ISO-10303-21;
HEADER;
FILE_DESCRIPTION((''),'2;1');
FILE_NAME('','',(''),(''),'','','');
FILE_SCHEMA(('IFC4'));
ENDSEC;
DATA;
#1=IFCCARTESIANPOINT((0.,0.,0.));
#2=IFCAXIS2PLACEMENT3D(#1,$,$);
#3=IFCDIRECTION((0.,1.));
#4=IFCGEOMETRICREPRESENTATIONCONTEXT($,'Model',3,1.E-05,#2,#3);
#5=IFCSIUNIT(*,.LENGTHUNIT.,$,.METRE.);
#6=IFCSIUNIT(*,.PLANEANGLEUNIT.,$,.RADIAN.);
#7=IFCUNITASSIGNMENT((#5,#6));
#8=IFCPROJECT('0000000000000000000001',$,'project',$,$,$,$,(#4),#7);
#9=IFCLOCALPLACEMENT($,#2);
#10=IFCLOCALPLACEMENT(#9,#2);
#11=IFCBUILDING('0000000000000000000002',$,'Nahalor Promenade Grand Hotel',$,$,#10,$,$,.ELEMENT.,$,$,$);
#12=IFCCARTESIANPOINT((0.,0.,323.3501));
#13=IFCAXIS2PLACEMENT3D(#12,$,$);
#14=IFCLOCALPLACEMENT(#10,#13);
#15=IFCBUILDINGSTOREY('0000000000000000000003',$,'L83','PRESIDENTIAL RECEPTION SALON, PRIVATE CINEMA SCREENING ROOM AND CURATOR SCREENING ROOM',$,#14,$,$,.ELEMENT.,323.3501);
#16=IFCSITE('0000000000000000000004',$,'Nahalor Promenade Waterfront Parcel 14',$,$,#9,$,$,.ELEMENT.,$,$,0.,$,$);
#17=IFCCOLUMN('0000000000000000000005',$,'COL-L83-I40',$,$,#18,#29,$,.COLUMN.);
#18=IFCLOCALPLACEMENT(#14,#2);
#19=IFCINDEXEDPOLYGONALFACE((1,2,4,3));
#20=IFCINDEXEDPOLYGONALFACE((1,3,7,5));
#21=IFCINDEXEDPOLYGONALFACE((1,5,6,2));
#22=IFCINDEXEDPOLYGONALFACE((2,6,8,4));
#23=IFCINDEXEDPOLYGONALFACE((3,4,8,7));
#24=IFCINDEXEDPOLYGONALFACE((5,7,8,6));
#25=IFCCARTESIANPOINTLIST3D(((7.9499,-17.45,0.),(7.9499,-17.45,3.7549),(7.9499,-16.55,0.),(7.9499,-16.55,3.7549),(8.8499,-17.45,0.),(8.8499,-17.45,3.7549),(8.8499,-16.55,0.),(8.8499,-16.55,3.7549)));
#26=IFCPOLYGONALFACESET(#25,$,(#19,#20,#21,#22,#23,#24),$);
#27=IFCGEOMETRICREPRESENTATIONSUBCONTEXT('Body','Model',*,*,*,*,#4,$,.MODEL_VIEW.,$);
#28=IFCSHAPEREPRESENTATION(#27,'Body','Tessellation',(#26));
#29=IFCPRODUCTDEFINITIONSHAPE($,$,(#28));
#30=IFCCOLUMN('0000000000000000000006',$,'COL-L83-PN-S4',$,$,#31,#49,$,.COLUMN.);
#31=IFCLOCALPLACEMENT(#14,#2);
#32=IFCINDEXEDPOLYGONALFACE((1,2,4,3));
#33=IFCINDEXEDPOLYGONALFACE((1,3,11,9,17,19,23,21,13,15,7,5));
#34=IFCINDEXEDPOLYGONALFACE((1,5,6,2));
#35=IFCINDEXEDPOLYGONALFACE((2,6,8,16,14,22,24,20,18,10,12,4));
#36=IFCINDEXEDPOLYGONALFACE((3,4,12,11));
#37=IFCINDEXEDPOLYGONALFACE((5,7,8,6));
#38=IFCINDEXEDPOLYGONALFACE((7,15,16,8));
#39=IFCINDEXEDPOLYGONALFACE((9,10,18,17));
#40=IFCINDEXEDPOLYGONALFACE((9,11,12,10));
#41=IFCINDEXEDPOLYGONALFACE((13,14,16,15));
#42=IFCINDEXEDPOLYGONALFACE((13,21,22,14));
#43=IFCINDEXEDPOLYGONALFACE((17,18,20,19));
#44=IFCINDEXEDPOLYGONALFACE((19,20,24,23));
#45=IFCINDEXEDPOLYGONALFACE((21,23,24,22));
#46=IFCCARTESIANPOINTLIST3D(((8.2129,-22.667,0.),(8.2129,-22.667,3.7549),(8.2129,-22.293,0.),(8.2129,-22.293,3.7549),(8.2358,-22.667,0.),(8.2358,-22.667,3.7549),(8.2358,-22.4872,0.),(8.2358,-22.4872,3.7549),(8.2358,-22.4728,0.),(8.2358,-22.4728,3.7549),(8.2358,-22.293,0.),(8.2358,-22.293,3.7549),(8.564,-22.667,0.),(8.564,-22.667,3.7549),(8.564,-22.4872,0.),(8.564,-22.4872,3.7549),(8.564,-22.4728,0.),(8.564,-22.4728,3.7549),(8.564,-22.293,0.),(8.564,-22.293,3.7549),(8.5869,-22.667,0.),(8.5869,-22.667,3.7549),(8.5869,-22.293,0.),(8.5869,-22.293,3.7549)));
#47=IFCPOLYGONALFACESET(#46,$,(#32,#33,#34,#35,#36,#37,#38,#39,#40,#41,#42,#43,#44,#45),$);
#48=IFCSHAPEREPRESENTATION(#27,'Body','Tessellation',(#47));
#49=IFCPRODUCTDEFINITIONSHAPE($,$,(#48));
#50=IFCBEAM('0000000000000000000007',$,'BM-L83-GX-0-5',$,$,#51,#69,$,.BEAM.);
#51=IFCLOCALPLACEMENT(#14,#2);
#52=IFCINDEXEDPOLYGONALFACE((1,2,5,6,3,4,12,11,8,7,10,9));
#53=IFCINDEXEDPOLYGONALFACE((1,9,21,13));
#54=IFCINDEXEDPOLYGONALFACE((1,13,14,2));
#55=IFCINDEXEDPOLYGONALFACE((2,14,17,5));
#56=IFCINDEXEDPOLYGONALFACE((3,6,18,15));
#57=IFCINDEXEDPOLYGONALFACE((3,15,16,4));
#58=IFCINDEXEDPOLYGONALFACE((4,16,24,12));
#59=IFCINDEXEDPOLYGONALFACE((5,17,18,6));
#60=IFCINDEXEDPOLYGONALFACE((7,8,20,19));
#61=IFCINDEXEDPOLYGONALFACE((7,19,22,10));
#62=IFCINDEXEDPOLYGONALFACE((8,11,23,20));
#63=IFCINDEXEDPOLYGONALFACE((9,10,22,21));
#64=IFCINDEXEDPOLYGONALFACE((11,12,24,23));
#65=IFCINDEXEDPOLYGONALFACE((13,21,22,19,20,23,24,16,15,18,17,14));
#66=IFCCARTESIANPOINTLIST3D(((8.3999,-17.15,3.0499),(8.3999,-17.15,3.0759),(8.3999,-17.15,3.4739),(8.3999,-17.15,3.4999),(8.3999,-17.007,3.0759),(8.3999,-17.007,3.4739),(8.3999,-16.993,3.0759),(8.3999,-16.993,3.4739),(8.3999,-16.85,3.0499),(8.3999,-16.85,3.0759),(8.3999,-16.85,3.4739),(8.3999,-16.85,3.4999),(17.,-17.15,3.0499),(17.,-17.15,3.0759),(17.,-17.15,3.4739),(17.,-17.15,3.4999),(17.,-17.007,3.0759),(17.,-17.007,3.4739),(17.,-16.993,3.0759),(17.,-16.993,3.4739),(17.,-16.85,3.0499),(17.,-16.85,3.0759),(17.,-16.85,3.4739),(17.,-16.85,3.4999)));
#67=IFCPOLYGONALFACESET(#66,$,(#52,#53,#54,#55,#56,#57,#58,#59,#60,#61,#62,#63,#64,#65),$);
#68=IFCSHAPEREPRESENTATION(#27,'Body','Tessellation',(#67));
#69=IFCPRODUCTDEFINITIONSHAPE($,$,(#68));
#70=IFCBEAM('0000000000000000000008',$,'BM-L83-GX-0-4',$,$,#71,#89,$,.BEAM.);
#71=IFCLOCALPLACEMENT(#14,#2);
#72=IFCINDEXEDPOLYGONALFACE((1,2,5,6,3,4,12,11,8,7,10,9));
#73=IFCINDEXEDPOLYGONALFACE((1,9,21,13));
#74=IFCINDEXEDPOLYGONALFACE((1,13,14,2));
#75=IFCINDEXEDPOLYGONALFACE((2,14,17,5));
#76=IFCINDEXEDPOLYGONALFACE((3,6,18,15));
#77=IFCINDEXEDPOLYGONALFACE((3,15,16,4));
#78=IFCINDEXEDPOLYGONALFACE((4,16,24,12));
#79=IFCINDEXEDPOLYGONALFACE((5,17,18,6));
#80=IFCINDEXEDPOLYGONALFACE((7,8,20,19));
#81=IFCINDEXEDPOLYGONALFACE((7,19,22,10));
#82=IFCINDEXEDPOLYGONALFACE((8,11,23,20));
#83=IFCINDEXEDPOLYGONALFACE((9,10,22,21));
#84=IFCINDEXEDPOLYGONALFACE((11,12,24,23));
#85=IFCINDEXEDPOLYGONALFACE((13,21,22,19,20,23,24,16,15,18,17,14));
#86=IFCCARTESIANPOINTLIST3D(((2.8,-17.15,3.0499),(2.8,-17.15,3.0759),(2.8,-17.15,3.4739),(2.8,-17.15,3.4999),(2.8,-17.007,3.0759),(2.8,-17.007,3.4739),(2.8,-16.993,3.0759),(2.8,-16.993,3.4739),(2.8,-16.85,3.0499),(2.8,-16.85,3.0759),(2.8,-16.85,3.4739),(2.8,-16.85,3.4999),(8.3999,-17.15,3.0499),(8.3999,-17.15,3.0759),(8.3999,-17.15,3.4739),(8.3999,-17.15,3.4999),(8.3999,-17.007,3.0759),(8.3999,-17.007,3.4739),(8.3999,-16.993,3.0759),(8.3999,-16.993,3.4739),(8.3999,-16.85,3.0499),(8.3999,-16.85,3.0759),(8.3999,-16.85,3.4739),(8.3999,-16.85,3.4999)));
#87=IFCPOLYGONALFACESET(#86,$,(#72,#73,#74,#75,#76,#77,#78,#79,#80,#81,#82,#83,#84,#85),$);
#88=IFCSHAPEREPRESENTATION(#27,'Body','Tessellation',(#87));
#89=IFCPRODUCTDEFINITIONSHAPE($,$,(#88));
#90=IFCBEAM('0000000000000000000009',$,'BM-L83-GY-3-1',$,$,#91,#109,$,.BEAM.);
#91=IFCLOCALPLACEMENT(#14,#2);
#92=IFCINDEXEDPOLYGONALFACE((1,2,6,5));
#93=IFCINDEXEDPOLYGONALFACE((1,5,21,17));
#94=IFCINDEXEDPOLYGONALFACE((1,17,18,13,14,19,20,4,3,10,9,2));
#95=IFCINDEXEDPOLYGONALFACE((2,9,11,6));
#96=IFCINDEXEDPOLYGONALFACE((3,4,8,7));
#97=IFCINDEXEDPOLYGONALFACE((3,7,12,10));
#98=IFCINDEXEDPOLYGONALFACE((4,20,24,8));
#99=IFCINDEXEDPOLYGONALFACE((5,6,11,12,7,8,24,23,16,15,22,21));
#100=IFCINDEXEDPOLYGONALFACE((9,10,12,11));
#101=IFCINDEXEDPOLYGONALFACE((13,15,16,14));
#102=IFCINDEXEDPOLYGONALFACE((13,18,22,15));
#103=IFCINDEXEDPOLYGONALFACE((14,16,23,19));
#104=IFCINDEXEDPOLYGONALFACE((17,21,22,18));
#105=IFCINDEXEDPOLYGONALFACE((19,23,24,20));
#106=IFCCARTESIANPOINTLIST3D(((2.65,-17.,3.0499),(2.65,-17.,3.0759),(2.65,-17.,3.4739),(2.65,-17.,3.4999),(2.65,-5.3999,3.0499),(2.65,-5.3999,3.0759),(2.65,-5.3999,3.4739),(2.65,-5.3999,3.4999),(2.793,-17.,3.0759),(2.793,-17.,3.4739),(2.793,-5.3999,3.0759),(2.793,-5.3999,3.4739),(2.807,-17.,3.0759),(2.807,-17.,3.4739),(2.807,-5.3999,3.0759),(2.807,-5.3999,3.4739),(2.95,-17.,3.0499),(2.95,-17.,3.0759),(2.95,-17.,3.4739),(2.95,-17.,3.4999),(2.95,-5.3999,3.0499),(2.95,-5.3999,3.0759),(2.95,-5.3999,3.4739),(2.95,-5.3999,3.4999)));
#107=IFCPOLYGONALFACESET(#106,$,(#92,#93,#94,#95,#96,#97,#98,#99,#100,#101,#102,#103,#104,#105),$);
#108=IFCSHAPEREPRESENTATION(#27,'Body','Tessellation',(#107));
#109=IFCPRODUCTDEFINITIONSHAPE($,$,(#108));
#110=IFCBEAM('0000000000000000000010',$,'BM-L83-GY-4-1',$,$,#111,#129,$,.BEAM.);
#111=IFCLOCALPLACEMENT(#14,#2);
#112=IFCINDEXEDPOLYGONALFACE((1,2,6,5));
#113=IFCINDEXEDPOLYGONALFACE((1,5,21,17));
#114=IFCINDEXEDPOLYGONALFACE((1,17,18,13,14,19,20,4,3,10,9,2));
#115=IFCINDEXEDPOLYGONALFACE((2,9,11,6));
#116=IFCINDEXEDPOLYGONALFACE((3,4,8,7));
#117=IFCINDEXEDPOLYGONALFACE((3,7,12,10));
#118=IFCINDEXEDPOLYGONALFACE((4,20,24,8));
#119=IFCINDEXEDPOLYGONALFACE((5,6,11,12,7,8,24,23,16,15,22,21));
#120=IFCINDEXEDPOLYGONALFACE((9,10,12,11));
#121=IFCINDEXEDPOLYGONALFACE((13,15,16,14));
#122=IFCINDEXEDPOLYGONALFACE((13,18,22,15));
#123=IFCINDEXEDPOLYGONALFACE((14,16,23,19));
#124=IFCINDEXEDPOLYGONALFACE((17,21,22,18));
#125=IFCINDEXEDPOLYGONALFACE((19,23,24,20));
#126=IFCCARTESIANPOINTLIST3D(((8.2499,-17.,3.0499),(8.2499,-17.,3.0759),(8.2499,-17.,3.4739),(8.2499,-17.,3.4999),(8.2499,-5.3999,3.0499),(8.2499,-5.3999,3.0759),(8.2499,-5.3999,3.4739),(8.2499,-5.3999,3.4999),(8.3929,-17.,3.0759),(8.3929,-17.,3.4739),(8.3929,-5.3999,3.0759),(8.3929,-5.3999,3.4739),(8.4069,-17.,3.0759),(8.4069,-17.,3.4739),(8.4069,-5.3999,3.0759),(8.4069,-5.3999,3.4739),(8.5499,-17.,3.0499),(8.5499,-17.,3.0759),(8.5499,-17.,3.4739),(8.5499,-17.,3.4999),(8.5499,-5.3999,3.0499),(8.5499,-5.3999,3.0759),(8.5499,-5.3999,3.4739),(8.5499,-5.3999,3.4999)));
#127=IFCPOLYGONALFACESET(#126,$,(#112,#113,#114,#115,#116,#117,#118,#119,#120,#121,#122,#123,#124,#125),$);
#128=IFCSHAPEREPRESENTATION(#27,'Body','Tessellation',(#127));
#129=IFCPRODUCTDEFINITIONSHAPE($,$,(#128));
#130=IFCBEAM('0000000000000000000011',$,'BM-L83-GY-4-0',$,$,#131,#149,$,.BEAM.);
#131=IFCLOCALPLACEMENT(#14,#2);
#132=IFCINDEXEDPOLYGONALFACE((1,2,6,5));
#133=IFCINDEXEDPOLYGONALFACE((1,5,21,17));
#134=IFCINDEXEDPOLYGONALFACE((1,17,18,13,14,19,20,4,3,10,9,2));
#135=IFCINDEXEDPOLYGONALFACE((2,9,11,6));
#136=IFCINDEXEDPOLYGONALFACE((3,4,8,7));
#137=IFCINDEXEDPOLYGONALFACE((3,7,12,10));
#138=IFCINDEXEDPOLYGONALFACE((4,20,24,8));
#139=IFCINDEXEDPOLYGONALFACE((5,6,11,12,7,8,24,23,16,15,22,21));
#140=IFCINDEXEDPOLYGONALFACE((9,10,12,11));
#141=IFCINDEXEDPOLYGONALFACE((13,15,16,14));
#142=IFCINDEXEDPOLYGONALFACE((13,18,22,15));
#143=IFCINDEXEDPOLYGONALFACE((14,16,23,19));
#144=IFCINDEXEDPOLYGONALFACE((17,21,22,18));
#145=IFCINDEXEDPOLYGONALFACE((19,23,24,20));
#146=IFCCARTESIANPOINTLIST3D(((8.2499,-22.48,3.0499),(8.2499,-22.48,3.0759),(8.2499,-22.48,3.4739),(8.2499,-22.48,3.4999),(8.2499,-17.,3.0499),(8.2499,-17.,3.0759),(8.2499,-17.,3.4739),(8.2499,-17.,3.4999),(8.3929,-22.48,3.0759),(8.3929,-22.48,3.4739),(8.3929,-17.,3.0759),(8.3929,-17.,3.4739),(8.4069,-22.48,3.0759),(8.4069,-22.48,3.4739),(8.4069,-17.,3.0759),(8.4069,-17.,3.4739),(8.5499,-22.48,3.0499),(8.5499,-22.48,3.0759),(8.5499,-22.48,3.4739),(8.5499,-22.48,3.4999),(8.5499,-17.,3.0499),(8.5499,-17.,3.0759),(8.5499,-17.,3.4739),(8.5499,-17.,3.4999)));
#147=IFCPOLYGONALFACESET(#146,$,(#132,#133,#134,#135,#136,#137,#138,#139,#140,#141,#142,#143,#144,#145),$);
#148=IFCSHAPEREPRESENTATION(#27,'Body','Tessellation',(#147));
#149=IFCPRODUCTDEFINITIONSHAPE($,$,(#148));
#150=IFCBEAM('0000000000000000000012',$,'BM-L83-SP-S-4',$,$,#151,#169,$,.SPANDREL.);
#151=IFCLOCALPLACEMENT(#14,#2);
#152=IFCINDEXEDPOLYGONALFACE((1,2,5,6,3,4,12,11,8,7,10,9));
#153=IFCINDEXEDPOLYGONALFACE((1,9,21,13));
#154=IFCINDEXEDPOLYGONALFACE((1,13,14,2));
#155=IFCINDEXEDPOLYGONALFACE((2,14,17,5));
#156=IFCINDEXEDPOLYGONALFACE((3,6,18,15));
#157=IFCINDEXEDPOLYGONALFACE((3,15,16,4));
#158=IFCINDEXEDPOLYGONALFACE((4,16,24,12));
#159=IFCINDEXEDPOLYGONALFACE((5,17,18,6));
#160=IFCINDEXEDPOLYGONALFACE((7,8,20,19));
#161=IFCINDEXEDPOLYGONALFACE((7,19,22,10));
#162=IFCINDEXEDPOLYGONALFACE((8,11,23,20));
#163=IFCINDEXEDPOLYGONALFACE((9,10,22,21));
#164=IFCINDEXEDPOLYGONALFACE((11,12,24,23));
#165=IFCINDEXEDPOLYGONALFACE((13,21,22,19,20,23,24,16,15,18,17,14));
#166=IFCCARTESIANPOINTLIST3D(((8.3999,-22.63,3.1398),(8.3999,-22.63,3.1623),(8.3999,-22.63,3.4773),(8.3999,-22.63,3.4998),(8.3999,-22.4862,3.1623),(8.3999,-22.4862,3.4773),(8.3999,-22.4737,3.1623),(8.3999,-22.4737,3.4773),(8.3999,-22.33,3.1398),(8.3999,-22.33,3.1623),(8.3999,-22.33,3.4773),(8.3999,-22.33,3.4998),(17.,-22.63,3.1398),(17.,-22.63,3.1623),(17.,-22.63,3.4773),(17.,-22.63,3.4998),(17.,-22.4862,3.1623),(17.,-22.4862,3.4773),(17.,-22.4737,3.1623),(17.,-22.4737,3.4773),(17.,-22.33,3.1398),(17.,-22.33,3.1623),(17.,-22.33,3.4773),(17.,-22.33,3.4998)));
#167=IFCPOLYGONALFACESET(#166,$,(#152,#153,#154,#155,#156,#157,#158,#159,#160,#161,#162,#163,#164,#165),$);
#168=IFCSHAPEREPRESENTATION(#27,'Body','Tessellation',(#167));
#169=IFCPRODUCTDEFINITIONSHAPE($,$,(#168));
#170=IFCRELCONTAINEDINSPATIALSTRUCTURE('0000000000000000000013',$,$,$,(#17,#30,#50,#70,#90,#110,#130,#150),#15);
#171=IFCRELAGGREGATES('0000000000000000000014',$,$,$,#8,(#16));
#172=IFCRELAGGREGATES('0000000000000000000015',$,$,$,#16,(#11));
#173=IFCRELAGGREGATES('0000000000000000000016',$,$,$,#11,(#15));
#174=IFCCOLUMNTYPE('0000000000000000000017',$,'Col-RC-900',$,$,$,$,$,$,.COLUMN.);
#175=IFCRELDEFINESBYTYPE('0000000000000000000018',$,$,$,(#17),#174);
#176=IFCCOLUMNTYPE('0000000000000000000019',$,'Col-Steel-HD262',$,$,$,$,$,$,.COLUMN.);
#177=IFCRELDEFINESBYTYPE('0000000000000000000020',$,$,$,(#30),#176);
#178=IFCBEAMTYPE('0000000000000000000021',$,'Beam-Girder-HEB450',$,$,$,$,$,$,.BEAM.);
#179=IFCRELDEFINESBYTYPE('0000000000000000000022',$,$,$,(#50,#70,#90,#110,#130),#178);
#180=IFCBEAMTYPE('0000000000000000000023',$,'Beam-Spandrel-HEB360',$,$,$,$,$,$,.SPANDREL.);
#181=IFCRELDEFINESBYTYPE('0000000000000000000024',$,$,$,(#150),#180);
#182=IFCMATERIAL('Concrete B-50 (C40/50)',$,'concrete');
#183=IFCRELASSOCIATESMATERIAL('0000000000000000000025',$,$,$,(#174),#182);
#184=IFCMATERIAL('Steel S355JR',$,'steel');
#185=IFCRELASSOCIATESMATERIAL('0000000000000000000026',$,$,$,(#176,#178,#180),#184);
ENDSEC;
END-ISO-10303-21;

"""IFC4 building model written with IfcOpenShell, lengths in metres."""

from ifc_helpers import new_model, si_unit, direction, frame, origin, origin_2d, place, context, subcontext, project, spatial, rectangle, i_section, extrude, source, transform, mapped, material, material_profile, profile_set, type_object, element, save


model = new_model("IFC4")

# Units and contexts
model_context = context("Model", 3, precision=1e-05, world=origin(), true_north=direction((0.0, 1.0)))
body_context = subcontext(model_context, "Body", "Model", "MODEL_VIEW")
ifc_project = project(units=[si_unit("LENGTHUNIT", "METRE"), si_unit("PLANEANGLEUNIT", "RADIAN")], contexts=[model_context])

# Site, building, storey
site_placement = place(None, origin())
site = spatial("IfcSite", under=ifc_project, at=site_placement, Name="Nahalor Promenade Waterfront Parcel 14", CompositionType="ELEMENT", RefElevation=0.0)
building_placement = place(site_placement, origin())
building = spatial("IfcBuilding", under=site, at=building_placement, Name="Nahalor Promenade Grand Hotel", CompositionType="ELEMENT")
storey_placement = place(building_placement, frame((0.0, 0.0, 323.3501)))
storey = spatial("IfcBuildingStorey", under=building, at=storey_placement, Name="L83", Description="PRESIDENTIAL RECEPTION SALON, PRIVATE CINEMA SCREENING ROOM AND CURATOR SCREENING ROOM", CompositionType="ELEMENT", Elevation=323.3501)

# Columns
ifc_material_1 = material(Name="Concrete B-50 (C40/50)", Category="concrete")
ifc_material_profile_1 = material_profile(ifc_material_1, rectangle(XDim=0.9, YDim=0.9, at=origin_2d()), Name="RC 900x900")
ifc_profile_set_1 = profile_set([ifc_material_profile_1], Name="Concrete B-50 (C40/50)")
column_type_1 = type_object("IfcColumnType", Name="Col-RC-900", PredefinedType="COLUMN", material=ifc_profile_set_1)
shared_shape_1 = source(origin(), body_context, "Body", "SweptSolid", [
    extrude(rectangle(XDim=0.9, YDim=0.9, at=origin_2d()), origin(), (0.0, 0.0, 1.0), 3.7549),
])
column_1_placement = place(storey_placement, frame((8.3999, -17.0, 0.0), z_axis=(0.0, 0.0, 1.0), x_axis=(1.0, 0.0, 0.0)))
element("IfcColumn", 1, at=column_1_placement, inside=storey, type_object=column_type_1, Name="COL-L83-I40", PredefinedType="COLUMN", context=body_context, shape_type="MappedRepresentation", body=[
    mapped(shared_shape_1, transform((0.0, 0.0, 0.0), scale=1.0)),
])
ifc_material_2 = material(Name="Steel S355JR", Category="steel")
ifc_material_profile_2 = material_profile(ifc_material_2, i_section(OverallWidth=0.374, OverallDepth=0.374, WebThickness=0.0144, FlangeThickness=0.0229, at=origin_2d()), Name="HD 360x262")
ifc_profile_set_2 = profile_set([ifc_material_profile_2], Name="Steel S355JR")
column_type_2 = type_object("IfcColumnType", Name="Col-Steel-HD262", PredefinedType="COLUMN", material=ifc_profile_set_2)
shared_shape_2 = source(origin(), body_context, "Body", "SweptSolid", [
    extrude(i_section(OverallWidth=0.374, OverallDepth=0.374, WebThickness=0.0144, FlangeThickness=0.0229, at=origin_2d()), origin(), (0.0, 0.0, 1.0), 3.7549),
])
column_2_placement = place(storey_placement, frame((8.3999, -22.48, 0.0), z_axis=(0.0, 0.0, 1.0), x_axis=(0.0, 1.0, 0.0)))
element("IfcColumn", 2, at=column_2_placement, inside=storey, type_object=column_type_2, Name="COL-L83-PN-S4", PredefinedType="COLUMN", context=body_context, shape_type="MappedRepresentation", body=[
    mapped(shared_shape_2, transform((0.0, 0.0, 0.0), scale=1.0)),
])

# Beams
ifc_material_profile_3 = material_profile(ifc_material_2, i_section(OverallWidth=0.3, OverallDepth=0.45, WebThickness=0.014, FlangeThickness=0.026, at=origin_2d()), Name="HEB 450")
ifc_profile_set_3 = profile_set([ifc_material_profile_3], Name="Steel S355JR")
beam_type_1 = type_object("IfcBeamType", Name="Beam-Girder-HEB450", PredefinedType="BEAM", material=ifc_profile_set_3)
shared_shape_3 = source(origin(), body_context, "Body", "SweptSolid", [
    extrude(i_section(OverallWidth=0.3, OverallDepth=0.45, WebThickness=0.014, FlangeThickness=0.026, at=origin_2d()), origin(), (0.0, 0.0, 1.0), 8.6001),
])
beam_1_placement = place(storey_placement, frame((8.3999, -17.0, 3.2749), z_axis=(1.0, 0.0, 0.0), x_axis=(0.0, 1.0, 0.0)))
element("IfcBeam", 3, at=beam_1_placement, inside=storey, type_object=beam_type_1, Name="BM-L83-GX-0-5", PredefinedType="BEAM", context=body_context, shape_type="MappedRepresentation", body=[
    mapped(shared_shape_3, transform((0.0, 0.0, 0.0), scale=1.0)),
])
shared_shape_4 = source(origin(), body_context, "Body", "SweptSolid", [
    extrude(i_section(OverallWidth=0.3, OverallDepth=0.45, WebThickness=0.014, FlangeThickness=0.026, at=origin_2d()), origin(), (0.0, 0.0, 1.0), 5.5999),
])
beam_2_placement = place(storey_placement, frame((2.8, -17.0, 3.2749), z_axis=(1.0, 0.0, 0.0), x_axis=(0.0, 1.0, 0.0)))
element("IfcBeam", 4, at=beam_2_placement, inside=storey, type_object=beam_type_1, Name="BM-L83-GX-0-4", PredefinedType="BEAM", context=body_context, shape_type="MappedRepresentation", body=[
    mapped(shared_shape_4, transform((0.0, 0.0, 0.0), scale=1.0)),
])
shared_shape_5 = source(origin(), body_context, "Body", "SweptSolid", [
    extrude(i_section(OverallWidth=0.3, OverallDepth=0.45, WebThickness=0.014, FlangeThickness=0.026, at=origin_2d()), origin(), (0.0, 0.0, 1.0), 11.6001),
])
for number, where, z_axis, x_axis, name in (
    (5, (2.8, -17.0, 3.2749), (0.0, 1.0, 0.0), (-1.0, 0.0, 0.0), "BM-L83-GY-3-1"),
    (6, (8.3999, -17.0, 3.2749), (0.0, 1.0, 0.0), (-1.0, 0.0, 0.0), "BM-L83-GY-4-1"),
):
    element("IfcBeam", number, at=place(storey_placement, frame(where, z_axis=z_axis, x_axis=x_axis)), inside=storey, type_object=beam_type_1, Name=name, PredefinedType="BEAM", context=body_context, shape_type="MappedRepresentation", body=[
        mapped(shared_shape_5, transform((0.0, 0.0, 0.0), scale=1.0)),
    ])
shared_shape_6 = source(origin(), body_context, "Body", "SweptSolid", [
    extrude(i_section(OverallWidth=0.3, OverallDepth=0.45, WebThickness=0.014, FlangeThickness=0.026, at=origin_2d()), origin(), (0.0, 0.0, 1.0), 5.48),
])
beam_3_placement = place(storey_placement, frame((8.3999, -22.48, 3.2749), z_axis=(0.0, 1.0, 0.0), x_axis=(-1.0, 0.0, 0.0)))
element("IfcBeam", 7, at=beam_3_placement, inside=storey, type_object=beam_type_1, Name="BM-L83-GY-4-0", PredefinedType="BEAM", context=body_context, shape_type="MappedRepresentation", body=[
    mapped(shared_shape_6, transform((0.0, 0.0, 0.0), scale=1.0)),
])
ifc_material_profile_4 = material_profile(ifc_material_2, i_section(OverallWidth=0.3, OverallDepth=0.36, WebThickness=0.0125, FlangeThickness=0.0225, at=origin_2d()), Name="HEB 360")
ifc_profile_set_4 = profile_set([ifc_material_profile_4], Name="Steel S355JR")
beam_type_2 = type_object("IfcBeamType", Name="Beam-Spandrel-HEB360", PredefinedType="SPANDREL", material=ifc_profile_set_4)
shared_shape_7 = source(origin(), body_context, "Body", "SweptSolid", [
    extrude(i_section(OverallWidth=0.3, OverallDepth=0.36, WebThickness=0.0125, FlangeThickness=0.0225, at=origin_2d()), origin(), (0.0, 0.0, 1.0), 8.6001),
])
beam_4_placement = place(storey_placement, frame((8.3999, -22.48, 3.3198), z_axis=(1.0, 0.0, 0.0), x_axis=(0.0, 1.0, 0.0)))
element("IfcBeam", 8, at=beam_4_placement, inside=storey, type_object=beam_type_2, Name="BM-L83-SP-S-4", PredefinedType="SPANDREL", context=body_context, shape_type="MappedRepresentation", body=[
    mapped(shared_shape_7, transform((0.0, 0.0, 0.0), scale=1.0)),
])

save(model, "model.ifc")
